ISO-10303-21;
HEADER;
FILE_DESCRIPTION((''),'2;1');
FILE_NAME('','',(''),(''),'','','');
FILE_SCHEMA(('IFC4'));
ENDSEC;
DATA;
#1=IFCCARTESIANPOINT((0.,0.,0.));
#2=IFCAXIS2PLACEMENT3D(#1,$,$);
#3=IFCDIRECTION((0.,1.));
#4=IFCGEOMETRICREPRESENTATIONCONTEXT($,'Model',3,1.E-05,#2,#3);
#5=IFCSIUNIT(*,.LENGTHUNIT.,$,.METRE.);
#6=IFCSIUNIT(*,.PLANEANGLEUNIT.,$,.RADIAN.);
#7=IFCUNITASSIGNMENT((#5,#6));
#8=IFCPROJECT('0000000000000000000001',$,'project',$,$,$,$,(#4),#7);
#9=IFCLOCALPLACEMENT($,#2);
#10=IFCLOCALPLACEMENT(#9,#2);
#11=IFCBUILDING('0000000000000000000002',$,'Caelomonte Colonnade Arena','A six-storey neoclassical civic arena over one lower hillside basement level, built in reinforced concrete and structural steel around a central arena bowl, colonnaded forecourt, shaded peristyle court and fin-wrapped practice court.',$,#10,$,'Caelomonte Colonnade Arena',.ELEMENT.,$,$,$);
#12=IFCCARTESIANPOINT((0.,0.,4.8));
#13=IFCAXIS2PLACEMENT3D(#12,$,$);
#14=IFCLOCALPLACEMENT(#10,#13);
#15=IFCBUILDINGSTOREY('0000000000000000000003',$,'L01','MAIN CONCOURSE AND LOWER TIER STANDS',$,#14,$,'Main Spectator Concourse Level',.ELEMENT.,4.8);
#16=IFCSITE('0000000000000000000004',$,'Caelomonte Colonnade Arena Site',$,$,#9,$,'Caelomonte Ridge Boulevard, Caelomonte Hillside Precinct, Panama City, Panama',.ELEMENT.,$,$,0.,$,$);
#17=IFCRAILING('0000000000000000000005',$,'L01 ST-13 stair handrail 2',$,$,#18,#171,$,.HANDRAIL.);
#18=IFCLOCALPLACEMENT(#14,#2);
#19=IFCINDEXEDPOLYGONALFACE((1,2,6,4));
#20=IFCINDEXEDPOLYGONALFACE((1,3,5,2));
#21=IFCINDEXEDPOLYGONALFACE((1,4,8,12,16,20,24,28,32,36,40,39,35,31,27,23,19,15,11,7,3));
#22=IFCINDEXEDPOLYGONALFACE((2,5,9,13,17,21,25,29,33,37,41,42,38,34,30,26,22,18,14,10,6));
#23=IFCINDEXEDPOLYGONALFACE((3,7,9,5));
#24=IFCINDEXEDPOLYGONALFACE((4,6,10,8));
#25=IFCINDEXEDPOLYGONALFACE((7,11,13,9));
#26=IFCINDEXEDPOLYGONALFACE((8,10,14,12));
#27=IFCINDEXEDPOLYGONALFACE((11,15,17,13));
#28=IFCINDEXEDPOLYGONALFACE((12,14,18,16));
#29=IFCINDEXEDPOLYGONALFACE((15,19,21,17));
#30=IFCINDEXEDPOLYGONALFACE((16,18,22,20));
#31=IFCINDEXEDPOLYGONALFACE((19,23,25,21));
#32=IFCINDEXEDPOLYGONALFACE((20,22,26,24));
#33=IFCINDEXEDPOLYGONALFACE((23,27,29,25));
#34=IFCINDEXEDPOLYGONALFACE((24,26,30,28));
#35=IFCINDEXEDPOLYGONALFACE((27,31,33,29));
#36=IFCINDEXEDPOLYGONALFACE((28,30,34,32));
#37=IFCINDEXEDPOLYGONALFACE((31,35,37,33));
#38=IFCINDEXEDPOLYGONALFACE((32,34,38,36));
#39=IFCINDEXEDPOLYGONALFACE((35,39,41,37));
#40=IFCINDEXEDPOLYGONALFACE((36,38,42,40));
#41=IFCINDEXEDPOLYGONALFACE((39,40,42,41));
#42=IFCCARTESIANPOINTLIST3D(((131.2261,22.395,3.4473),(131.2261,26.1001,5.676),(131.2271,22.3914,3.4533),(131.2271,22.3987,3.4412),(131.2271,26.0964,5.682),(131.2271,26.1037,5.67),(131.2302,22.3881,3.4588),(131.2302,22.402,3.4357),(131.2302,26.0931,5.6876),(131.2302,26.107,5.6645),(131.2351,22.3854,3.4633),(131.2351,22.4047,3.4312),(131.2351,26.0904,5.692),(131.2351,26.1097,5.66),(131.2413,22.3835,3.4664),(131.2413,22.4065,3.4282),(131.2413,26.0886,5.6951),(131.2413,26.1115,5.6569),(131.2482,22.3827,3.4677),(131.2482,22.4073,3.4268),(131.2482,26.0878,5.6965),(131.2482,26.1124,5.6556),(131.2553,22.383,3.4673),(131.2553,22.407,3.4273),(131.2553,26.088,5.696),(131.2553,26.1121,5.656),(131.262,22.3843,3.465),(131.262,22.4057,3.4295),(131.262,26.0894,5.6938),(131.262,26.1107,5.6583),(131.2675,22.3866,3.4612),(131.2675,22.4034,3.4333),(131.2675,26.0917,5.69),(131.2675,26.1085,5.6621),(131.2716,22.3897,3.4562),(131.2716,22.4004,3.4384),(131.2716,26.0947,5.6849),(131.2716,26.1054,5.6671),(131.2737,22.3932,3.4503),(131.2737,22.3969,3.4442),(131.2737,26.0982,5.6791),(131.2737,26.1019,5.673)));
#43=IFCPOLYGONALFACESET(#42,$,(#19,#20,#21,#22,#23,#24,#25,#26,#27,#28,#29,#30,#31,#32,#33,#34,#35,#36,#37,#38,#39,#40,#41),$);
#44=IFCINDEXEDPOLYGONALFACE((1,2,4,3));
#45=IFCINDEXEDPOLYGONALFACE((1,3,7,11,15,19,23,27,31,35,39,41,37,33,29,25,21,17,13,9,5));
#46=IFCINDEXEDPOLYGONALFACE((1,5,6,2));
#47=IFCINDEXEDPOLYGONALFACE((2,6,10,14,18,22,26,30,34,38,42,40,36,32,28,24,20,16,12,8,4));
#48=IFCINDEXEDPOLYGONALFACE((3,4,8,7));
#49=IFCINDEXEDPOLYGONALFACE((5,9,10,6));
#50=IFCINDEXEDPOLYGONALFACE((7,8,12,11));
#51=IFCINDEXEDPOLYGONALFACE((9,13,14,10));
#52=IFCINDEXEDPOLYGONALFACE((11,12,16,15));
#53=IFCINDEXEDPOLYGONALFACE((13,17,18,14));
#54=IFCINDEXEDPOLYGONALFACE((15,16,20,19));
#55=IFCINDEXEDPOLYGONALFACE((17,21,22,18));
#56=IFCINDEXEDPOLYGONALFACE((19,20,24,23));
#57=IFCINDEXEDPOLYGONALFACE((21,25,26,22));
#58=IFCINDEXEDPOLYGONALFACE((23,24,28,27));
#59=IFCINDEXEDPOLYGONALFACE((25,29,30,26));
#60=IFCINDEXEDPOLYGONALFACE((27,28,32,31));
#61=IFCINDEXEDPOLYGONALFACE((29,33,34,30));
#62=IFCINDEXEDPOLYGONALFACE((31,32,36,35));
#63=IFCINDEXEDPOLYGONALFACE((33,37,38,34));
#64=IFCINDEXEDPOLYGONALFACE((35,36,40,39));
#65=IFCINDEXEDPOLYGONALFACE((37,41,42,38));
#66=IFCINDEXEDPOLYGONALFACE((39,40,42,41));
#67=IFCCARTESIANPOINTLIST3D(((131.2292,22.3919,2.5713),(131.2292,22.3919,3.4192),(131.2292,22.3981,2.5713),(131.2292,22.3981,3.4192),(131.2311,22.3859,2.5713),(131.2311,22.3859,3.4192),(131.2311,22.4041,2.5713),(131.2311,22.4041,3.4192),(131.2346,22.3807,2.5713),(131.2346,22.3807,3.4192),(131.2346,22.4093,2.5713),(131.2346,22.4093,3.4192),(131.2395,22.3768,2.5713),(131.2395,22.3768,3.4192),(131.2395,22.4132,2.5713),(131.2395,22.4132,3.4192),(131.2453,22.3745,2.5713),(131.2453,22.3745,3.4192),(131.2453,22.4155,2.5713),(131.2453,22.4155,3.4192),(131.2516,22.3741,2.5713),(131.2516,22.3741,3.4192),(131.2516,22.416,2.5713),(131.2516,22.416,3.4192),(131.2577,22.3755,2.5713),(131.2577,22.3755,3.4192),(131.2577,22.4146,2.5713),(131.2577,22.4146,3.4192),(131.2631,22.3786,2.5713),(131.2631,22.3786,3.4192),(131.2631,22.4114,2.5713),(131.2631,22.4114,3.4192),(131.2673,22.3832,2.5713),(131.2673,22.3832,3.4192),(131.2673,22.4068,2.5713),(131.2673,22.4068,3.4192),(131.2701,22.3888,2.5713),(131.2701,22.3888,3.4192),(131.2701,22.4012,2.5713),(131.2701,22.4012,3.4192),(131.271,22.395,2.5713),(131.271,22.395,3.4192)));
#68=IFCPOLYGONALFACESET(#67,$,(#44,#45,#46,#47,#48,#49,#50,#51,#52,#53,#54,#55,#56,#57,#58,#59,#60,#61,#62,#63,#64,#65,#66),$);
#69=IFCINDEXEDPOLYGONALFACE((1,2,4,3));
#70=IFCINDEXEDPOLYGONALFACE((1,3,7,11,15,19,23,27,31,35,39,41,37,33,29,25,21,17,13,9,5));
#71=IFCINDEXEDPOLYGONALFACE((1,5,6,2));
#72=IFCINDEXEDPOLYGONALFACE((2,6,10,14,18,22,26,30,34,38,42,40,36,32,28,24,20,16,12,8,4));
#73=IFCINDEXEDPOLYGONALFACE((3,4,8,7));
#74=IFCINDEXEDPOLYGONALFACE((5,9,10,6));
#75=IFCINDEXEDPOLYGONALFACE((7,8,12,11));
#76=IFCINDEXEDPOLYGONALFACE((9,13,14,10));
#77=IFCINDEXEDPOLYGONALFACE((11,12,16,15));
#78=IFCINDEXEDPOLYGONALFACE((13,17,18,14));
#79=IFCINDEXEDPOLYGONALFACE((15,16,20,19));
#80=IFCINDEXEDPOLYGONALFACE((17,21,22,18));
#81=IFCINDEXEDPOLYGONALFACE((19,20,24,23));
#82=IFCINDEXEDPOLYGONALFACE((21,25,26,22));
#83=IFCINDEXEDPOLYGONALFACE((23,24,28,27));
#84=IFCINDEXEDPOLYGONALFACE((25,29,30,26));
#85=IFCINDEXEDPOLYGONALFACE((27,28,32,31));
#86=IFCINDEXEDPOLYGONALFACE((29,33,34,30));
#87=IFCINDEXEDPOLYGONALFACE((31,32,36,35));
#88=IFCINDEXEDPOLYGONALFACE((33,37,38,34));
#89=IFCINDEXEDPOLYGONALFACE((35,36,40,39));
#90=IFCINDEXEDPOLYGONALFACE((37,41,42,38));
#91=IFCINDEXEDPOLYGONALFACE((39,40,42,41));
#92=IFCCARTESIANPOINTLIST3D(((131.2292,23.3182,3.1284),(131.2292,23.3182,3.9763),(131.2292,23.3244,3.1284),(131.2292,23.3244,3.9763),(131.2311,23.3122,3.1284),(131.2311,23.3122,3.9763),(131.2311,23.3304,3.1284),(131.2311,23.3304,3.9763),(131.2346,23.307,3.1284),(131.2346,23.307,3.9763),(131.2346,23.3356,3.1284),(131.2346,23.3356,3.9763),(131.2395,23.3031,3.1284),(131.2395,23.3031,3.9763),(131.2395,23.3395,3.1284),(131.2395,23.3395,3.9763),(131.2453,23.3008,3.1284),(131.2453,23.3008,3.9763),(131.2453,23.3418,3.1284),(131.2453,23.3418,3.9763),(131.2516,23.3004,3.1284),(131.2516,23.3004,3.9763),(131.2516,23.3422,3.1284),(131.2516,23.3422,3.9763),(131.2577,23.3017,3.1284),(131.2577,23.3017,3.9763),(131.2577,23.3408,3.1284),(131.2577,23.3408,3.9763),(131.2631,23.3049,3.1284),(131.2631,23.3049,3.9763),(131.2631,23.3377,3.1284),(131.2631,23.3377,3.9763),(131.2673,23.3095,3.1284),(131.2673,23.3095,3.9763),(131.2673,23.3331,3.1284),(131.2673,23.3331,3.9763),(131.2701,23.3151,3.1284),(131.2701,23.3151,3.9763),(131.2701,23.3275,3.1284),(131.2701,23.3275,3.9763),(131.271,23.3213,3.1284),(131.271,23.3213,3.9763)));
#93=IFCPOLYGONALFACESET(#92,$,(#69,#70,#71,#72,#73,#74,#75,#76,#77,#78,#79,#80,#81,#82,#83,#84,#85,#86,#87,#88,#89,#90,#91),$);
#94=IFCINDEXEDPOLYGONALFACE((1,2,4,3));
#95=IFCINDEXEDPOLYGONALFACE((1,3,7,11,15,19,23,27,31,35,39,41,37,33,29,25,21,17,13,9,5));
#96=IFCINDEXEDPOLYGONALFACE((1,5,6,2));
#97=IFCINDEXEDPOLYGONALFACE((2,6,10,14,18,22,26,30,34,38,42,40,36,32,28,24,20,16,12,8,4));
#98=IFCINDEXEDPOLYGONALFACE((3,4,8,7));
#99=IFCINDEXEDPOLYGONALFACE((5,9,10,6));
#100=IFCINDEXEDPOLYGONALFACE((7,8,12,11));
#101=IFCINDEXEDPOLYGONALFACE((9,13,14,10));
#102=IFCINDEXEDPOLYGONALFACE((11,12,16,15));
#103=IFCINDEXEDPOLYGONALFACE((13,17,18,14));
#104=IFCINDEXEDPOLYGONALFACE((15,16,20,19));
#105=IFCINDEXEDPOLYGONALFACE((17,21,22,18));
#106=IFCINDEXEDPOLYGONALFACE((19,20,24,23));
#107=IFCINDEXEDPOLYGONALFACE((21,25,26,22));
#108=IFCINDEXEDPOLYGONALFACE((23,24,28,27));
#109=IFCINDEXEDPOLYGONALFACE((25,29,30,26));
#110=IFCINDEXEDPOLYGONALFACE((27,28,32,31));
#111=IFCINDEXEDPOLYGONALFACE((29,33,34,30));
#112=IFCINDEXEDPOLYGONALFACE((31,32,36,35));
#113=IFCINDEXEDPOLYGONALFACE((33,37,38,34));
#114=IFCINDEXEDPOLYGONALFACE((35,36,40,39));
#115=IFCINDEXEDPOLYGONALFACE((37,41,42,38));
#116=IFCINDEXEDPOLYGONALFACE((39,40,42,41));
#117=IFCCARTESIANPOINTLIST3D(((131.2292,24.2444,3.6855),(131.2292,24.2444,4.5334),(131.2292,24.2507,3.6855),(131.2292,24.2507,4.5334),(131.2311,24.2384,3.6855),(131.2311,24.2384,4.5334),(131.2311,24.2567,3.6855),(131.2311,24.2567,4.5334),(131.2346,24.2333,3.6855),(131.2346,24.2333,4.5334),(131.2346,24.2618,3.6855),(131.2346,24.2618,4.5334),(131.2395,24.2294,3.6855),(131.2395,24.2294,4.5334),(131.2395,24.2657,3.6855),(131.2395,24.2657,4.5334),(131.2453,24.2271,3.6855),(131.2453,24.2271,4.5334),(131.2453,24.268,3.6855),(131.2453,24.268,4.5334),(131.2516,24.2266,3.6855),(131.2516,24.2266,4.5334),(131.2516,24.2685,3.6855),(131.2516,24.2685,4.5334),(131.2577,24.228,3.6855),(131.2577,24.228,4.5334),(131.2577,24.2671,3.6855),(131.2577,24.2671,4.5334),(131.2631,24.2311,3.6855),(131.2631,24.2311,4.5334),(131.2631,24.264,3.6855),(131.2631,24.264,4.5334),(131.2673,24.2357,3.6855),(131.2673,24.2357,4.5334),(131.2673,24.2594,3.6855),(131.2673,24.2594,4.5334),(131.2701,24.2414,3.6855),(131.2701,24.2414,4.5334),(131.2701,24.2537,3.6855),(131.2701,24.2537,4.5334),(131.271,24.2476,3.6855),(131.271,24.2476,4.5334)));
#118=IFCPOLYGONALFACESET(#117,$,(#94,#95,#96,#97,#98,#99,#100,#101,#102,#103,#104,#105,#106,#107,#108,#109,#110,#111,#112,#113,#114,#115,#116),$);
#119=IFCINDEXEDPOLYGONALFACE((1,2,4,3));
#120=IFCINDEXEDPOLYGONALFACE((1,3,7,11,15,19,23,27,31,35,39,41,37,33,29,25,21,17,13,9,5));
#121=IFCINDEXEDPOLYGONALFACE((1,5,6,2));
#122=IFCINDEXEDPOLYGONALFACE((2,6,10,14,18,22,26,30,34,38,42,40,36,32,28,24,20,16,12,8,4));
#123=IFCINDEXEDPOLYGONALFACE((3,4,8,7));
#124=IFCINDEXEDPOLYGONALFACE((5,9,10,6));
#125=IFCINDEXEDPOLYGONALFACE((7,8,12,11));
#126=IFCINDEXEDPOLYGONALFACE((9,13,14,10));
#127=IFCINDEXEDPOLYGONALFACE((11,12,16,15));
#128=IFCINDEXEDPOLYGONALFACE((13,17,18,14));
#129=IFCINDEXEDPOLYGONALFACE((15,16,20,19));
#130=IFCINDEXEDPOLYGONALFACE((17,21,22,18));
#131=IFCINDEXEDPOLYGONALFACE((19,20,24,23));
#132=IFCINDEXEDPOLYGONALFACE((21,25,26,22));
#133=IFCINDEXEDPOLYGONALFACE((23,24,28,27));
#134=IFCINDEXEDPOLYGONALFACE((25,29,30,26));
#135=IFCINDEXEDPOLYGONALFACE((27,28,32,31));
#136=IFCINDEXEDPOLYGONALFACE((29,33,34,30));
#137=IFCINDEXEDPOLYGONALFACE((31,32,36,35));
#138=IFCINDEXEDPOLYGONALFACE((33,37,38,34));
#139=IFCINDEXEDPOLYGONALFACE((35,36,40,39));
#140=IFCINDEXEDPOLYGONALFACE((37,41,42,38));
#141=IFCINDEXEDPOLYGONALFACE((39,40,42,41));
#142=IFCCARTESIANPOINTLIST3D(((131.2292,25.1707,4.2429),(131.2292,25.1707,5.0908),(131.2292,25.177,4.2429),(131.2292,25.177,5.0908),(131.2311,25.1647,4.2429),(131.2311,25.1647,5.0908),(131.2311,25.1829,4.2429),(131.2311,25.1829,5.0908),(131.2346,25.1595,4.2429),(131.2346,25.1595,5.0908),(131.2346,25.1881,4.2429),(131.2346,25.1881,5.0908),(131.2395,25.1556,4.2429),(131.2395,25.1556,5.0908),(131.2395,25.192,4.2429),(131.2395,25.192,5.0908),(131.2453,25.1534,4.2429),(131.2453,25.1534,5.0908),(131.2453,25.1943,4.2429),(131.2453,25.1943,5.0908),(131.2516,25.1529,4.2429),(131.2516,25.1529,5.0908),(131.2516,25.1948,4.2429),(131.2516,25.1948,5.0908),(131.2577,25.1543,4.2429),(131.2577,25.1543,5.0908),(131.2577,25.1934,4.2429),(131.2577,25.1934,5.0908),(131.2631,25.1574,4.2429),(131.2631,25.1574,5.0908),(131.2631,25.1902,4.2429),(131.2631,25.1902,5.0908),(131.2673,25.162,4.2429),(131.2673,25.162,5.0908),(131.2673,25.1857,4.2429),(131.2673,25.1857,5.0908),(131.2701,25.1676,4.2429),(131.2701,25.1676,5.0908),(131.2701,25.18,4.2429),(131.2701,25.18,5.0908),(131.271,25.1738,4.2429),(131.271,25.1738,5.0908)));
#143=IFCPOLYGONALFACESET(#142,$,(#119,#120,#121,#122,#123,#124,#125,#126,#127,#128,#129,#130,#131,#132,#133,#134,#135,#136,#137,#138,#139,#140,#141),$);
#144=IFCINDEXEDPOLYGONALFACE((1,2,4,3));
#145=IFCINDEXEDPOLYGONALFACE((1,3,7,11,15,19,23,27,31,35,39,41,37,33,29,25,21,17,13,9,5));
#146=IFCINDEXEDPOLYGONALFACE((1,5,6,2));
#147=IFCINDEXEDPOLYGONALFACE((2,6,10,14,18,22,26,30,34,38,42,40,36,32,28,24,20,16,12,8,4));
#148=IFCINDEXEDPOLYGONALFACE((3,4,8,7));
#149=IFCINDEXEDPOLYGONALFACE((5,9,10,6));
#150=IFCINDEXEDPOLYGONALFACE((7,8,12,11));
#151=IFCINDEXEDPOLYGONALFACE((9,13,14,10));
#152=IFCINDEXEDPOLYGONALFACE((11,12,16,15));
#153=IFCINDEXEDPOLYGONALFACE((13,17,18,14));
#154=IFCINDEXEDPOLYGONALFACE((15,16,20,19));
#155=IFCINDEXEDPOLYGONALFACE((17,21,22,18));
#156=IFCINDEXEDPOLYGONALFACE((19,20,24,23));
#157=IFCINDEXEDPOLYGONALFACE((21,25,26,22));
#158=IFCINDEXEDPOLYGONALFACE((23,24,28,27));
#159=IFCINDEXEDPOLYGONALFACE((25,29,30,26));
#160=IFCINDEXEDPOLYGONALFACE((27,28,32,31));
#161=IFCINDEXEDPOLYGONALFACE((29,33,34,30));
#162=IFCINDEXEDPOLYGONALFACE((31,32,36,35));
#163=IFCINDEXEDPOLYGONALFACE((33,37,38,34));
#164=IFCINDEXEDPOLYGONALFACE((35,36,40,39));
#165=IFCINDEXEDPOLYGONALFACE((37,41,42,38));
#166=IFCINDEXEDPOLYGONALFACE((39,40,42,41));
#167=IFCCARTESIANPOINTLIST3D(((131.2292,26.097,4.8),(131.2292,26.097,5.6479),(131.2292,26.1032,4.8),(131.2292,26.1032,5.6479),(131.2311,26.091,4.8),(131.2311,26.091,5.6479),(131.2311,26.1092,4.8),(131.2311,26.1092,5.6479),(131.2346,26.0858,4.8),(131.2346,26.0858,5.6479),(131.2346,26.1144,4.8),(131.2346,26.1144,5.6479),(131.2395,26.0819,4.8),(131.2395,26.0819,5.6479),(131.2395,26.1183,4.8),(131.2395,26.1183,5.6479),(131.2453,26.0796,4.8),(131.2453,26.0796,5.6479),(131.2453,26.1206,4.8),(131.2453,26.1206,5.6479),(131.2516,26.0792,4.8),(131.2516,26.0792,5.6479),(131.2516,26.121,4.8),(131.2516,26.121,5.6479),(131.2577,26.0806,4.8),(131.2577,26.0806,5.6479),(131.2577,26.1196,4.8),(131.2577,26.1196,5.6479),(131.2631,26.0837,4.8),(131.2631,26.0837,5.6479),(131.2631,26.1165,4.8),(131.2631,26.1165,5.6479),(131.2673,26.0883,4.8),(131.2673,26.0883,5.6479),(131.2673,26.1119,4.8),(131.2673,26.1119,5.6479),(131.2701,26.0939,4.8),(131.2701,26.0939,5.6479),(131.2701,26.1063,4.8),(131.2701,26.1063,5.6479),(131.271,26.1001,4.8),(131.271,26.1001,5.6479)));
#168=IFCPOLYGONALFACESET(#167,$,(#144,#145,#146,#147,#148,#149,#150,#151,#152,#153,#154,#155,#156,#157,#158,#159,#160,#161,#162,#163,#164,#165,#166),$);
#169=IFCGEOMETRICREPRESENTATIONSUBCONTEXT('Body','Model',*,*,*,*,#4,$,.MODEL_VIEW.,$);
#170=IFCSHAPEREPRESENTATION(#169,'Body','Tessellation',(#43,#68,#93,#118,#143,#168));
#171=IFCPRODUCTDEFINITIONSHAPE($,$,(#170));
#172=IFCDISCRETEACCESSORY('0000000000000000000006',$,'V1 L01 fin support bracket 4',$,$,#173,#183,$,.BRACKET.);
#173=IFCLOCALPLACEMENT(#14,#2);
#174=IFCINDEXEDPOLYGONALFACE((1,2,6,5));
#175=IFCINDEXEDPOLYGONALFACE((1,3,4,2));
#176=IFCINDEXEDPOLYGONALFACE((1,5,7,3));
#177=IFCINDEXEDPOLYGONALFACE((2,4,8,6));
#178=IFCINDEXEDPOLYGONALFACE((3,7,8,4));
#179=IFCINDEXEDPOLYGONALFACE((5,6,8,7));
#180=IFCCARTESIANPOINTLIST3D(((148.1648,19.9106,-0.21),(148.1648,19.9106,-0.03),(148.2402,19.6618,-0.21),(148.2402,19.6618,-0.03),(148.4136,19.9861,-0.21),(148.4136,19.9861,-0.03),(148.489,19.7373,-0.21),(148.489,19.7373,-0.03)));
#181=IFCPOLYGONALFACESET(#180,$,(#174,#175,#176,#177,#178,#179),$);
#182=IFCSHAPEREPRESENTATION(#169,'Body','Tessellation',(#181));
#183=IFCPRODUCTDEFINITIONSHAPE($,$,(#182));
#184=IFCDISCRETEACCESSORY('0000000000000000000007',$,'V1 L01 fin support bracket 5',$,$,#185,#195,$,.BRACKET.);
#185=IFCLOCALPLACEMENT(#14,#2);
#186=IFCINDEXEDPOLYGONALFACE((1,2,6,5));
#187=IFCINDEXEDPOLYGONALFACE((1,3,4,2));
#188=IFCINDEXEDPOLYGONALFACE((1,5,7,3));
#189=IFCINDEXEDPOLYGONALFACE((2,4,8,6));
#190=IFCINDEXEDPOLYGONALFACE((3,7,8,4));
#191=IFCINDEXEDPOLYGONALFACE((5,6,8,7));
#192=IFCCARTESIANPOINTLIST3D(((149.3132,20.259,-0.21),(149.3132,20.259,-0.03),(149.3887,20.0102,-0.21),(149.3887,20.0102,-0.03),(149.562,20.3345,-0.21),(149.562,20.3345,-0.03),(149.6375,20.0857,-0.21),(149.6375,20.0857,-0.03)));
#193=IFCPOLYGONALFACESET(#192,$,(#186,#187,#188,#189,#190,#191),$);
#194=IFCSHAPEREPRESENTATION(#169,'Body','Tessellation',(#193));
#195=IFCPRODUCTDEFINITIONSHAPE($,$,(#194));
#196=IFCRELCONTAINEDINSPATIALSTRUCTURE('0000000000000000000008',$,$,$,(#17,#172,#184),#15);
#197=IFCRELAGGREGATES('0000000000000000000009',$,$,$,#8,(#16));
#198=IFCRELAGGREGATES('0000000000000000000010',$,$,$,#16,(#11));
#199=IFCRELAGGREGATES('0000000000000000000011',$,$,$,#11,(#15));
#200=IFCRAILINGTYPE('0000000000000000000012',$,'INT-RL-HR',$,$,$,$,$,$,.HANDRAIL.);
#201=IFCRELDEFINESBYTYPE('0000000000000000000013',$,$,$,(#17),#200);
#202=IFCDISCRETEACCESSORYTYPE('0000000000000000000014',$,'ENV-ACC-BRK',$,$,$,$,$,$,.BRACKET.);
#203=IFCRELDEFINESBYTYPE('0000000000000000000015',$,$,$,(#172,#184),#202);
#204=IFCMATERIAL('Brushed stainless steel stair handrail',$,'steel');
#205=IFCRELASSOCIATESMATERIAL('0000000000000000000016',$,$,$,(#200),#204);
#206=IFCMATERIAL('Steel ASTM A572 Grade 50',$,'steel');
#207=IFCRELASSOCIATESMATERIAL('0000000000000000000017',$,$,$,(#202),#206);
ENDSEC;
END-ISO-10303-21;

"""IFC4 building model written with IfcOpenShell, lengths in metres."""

from ifc_helpers import new_model, si_unit, direction, frame, origin, origin_2d, place, context, subcontext, project, spatial, rectangle, circle, extrude, material, type_object, element, save


model = new_model("IFC4")

# Units and contexts
model_context = context("Model", 3, precision=1e-05, world=origin(), true_north=direction((0.0, 1.0)))
body_context = subcontext(model_context, "Body", "Model", "MODEL_VIEW")
ifc_project = project(units=[si_unit("LENGTHUNIT", "METRE"), si_unit("PLANEANGLEUNIT", "RADIAN")], contexts=[model_context])

# Site, building, storey
site_placement = place(None, origin())
site = spatial("IfcSite", under=ifc_project, at=site_placement, Name="Caelomonte Colonnade Arena Site", LongName="Caelomonte Ridge Boulevard, Caelomonte Hillside Precinct, Panama City, Panama", CompositionType="ELEMENT", RefElevation=0.0)
building_placement = place(site_placement, origin())
building = spatial("IfcBuilding", under=site, at=building_placement, Name="Caelomonte Colonnade Arena", Description="A six-storey neoclassical civic arena over one lower hillside basement level, built in reinforced concrete and structural steel around a central arena bowl, colonnaded forecourt, shaded peristyle court and fin-wrapped practice court.", LongName="Caelomonte Colonnade Arena", CompositionType="ELEMENT")
storey_placement = place(building_placement, frame((0.0, 0.0, 4.8)))
storey = spatial("IfcBuildingStorey", under=building, at=storey_placement, Name="L01", Description="MAIN CONCOURSE AND LOWER TIER STANDS", LongName="Main Spectator Concourse Level", CompositionType="ELEMENT", Elevation=4.8)

# Railing
ifc_material_1 = material(Name="Brushed stainless steel stair handrail", Category="steel")
railing_type_1 = type_object("IfcRailingType", Name="INT-RL-HR", PredefinedType="HANDRAIL", material=ifc_material_1)
railing_1_placement = place(storey_placement, frame((131.25, 22.395, 2.5713)))
element("IfcRailing", 1, at=railing_1_placement, inside=storey, type_object=railing_type_1, Name="L01 ST-13 stair handrail 2", PredefinedType="HANDRAIL", context=body_context, shape_type="SweptSolid", body=[
    extrude(circle(Radius=0.0239, at=origin_2d()), frame((0.0, 0.0, 0.876), z_axis=(0.0, 0.856909, 0.515467), x_axis=(-1.0, 0.0, 0.0)), (0.0, 0.0, 1.0), 4.3237),
    extrude(circle(Radius=0.021, at=origin_2d()), origin(), (0.0, 0.0, 1.0), 0.8479),
    extrude(circle(Radius=0.021, at=origin_2d()), frame((0.0, 0.9263, 0.5571)), (0.0, 0.0, 1.0), 0.8479),
    extrude(circle(Radius=0.021, at=origin_2d()), frame((0.0, 1.8525, 1.1143)), (0.0, 0.0, 1.0), 0.8479),
    extrude(circle(Radius=0.021, at=origin_2d()), frame((0.0, 2.7788, 1.6716)), (0.0, 0.0, 1.0), 0.8479),
    extrude(circle(Radius=0.021, at=origin_2d()), frame((0.0, 3.7051, 2.2288)), (0.0, 0.0, 1.0), 0.8479),
])

# Discrete accessories
ifc_material_2 = material(Name="Steel ASTM A572 Grade 50", Category="steel")
discrete_accessory_type = type_object("IfcDiscreteAccessoryType", Name="ENV-ACC-BRK", PredefinedType="BRACKET", material=ifc_material_2)
for number, where, z_axis, x_axis, name in (
    (2, (148.3269, 19.824, -0.21), (0.0, 0.0, 1.0), (0.956943, 0.290276, 0.0), "V1 L01 fin support bracket 4"),
    (3, (149.4753, 20.1724, -0.21), (0.0, 0.0, 1.0), (0.956943, 0.290276, 0.0), "V1 L01 fin support bracket 5"),
):
    element("IfcDiscreteAccessory", number, at=place(storey_placement, frame(where, z_axis=z_axis, x_axis=x_axis)), inside=storey, type_object=discrete_accessory_type, Name=name, PredefinedType="BRACKET", context=body_context, shape_type="SweptSolid", body=[
        extrude(rectangle(XDim=0.26, YDim=0.26, at=origin_2d()), origin(), (0.0, 0.0, 1.0), 0.1799),
    ])

save(model, "model.ifc")
